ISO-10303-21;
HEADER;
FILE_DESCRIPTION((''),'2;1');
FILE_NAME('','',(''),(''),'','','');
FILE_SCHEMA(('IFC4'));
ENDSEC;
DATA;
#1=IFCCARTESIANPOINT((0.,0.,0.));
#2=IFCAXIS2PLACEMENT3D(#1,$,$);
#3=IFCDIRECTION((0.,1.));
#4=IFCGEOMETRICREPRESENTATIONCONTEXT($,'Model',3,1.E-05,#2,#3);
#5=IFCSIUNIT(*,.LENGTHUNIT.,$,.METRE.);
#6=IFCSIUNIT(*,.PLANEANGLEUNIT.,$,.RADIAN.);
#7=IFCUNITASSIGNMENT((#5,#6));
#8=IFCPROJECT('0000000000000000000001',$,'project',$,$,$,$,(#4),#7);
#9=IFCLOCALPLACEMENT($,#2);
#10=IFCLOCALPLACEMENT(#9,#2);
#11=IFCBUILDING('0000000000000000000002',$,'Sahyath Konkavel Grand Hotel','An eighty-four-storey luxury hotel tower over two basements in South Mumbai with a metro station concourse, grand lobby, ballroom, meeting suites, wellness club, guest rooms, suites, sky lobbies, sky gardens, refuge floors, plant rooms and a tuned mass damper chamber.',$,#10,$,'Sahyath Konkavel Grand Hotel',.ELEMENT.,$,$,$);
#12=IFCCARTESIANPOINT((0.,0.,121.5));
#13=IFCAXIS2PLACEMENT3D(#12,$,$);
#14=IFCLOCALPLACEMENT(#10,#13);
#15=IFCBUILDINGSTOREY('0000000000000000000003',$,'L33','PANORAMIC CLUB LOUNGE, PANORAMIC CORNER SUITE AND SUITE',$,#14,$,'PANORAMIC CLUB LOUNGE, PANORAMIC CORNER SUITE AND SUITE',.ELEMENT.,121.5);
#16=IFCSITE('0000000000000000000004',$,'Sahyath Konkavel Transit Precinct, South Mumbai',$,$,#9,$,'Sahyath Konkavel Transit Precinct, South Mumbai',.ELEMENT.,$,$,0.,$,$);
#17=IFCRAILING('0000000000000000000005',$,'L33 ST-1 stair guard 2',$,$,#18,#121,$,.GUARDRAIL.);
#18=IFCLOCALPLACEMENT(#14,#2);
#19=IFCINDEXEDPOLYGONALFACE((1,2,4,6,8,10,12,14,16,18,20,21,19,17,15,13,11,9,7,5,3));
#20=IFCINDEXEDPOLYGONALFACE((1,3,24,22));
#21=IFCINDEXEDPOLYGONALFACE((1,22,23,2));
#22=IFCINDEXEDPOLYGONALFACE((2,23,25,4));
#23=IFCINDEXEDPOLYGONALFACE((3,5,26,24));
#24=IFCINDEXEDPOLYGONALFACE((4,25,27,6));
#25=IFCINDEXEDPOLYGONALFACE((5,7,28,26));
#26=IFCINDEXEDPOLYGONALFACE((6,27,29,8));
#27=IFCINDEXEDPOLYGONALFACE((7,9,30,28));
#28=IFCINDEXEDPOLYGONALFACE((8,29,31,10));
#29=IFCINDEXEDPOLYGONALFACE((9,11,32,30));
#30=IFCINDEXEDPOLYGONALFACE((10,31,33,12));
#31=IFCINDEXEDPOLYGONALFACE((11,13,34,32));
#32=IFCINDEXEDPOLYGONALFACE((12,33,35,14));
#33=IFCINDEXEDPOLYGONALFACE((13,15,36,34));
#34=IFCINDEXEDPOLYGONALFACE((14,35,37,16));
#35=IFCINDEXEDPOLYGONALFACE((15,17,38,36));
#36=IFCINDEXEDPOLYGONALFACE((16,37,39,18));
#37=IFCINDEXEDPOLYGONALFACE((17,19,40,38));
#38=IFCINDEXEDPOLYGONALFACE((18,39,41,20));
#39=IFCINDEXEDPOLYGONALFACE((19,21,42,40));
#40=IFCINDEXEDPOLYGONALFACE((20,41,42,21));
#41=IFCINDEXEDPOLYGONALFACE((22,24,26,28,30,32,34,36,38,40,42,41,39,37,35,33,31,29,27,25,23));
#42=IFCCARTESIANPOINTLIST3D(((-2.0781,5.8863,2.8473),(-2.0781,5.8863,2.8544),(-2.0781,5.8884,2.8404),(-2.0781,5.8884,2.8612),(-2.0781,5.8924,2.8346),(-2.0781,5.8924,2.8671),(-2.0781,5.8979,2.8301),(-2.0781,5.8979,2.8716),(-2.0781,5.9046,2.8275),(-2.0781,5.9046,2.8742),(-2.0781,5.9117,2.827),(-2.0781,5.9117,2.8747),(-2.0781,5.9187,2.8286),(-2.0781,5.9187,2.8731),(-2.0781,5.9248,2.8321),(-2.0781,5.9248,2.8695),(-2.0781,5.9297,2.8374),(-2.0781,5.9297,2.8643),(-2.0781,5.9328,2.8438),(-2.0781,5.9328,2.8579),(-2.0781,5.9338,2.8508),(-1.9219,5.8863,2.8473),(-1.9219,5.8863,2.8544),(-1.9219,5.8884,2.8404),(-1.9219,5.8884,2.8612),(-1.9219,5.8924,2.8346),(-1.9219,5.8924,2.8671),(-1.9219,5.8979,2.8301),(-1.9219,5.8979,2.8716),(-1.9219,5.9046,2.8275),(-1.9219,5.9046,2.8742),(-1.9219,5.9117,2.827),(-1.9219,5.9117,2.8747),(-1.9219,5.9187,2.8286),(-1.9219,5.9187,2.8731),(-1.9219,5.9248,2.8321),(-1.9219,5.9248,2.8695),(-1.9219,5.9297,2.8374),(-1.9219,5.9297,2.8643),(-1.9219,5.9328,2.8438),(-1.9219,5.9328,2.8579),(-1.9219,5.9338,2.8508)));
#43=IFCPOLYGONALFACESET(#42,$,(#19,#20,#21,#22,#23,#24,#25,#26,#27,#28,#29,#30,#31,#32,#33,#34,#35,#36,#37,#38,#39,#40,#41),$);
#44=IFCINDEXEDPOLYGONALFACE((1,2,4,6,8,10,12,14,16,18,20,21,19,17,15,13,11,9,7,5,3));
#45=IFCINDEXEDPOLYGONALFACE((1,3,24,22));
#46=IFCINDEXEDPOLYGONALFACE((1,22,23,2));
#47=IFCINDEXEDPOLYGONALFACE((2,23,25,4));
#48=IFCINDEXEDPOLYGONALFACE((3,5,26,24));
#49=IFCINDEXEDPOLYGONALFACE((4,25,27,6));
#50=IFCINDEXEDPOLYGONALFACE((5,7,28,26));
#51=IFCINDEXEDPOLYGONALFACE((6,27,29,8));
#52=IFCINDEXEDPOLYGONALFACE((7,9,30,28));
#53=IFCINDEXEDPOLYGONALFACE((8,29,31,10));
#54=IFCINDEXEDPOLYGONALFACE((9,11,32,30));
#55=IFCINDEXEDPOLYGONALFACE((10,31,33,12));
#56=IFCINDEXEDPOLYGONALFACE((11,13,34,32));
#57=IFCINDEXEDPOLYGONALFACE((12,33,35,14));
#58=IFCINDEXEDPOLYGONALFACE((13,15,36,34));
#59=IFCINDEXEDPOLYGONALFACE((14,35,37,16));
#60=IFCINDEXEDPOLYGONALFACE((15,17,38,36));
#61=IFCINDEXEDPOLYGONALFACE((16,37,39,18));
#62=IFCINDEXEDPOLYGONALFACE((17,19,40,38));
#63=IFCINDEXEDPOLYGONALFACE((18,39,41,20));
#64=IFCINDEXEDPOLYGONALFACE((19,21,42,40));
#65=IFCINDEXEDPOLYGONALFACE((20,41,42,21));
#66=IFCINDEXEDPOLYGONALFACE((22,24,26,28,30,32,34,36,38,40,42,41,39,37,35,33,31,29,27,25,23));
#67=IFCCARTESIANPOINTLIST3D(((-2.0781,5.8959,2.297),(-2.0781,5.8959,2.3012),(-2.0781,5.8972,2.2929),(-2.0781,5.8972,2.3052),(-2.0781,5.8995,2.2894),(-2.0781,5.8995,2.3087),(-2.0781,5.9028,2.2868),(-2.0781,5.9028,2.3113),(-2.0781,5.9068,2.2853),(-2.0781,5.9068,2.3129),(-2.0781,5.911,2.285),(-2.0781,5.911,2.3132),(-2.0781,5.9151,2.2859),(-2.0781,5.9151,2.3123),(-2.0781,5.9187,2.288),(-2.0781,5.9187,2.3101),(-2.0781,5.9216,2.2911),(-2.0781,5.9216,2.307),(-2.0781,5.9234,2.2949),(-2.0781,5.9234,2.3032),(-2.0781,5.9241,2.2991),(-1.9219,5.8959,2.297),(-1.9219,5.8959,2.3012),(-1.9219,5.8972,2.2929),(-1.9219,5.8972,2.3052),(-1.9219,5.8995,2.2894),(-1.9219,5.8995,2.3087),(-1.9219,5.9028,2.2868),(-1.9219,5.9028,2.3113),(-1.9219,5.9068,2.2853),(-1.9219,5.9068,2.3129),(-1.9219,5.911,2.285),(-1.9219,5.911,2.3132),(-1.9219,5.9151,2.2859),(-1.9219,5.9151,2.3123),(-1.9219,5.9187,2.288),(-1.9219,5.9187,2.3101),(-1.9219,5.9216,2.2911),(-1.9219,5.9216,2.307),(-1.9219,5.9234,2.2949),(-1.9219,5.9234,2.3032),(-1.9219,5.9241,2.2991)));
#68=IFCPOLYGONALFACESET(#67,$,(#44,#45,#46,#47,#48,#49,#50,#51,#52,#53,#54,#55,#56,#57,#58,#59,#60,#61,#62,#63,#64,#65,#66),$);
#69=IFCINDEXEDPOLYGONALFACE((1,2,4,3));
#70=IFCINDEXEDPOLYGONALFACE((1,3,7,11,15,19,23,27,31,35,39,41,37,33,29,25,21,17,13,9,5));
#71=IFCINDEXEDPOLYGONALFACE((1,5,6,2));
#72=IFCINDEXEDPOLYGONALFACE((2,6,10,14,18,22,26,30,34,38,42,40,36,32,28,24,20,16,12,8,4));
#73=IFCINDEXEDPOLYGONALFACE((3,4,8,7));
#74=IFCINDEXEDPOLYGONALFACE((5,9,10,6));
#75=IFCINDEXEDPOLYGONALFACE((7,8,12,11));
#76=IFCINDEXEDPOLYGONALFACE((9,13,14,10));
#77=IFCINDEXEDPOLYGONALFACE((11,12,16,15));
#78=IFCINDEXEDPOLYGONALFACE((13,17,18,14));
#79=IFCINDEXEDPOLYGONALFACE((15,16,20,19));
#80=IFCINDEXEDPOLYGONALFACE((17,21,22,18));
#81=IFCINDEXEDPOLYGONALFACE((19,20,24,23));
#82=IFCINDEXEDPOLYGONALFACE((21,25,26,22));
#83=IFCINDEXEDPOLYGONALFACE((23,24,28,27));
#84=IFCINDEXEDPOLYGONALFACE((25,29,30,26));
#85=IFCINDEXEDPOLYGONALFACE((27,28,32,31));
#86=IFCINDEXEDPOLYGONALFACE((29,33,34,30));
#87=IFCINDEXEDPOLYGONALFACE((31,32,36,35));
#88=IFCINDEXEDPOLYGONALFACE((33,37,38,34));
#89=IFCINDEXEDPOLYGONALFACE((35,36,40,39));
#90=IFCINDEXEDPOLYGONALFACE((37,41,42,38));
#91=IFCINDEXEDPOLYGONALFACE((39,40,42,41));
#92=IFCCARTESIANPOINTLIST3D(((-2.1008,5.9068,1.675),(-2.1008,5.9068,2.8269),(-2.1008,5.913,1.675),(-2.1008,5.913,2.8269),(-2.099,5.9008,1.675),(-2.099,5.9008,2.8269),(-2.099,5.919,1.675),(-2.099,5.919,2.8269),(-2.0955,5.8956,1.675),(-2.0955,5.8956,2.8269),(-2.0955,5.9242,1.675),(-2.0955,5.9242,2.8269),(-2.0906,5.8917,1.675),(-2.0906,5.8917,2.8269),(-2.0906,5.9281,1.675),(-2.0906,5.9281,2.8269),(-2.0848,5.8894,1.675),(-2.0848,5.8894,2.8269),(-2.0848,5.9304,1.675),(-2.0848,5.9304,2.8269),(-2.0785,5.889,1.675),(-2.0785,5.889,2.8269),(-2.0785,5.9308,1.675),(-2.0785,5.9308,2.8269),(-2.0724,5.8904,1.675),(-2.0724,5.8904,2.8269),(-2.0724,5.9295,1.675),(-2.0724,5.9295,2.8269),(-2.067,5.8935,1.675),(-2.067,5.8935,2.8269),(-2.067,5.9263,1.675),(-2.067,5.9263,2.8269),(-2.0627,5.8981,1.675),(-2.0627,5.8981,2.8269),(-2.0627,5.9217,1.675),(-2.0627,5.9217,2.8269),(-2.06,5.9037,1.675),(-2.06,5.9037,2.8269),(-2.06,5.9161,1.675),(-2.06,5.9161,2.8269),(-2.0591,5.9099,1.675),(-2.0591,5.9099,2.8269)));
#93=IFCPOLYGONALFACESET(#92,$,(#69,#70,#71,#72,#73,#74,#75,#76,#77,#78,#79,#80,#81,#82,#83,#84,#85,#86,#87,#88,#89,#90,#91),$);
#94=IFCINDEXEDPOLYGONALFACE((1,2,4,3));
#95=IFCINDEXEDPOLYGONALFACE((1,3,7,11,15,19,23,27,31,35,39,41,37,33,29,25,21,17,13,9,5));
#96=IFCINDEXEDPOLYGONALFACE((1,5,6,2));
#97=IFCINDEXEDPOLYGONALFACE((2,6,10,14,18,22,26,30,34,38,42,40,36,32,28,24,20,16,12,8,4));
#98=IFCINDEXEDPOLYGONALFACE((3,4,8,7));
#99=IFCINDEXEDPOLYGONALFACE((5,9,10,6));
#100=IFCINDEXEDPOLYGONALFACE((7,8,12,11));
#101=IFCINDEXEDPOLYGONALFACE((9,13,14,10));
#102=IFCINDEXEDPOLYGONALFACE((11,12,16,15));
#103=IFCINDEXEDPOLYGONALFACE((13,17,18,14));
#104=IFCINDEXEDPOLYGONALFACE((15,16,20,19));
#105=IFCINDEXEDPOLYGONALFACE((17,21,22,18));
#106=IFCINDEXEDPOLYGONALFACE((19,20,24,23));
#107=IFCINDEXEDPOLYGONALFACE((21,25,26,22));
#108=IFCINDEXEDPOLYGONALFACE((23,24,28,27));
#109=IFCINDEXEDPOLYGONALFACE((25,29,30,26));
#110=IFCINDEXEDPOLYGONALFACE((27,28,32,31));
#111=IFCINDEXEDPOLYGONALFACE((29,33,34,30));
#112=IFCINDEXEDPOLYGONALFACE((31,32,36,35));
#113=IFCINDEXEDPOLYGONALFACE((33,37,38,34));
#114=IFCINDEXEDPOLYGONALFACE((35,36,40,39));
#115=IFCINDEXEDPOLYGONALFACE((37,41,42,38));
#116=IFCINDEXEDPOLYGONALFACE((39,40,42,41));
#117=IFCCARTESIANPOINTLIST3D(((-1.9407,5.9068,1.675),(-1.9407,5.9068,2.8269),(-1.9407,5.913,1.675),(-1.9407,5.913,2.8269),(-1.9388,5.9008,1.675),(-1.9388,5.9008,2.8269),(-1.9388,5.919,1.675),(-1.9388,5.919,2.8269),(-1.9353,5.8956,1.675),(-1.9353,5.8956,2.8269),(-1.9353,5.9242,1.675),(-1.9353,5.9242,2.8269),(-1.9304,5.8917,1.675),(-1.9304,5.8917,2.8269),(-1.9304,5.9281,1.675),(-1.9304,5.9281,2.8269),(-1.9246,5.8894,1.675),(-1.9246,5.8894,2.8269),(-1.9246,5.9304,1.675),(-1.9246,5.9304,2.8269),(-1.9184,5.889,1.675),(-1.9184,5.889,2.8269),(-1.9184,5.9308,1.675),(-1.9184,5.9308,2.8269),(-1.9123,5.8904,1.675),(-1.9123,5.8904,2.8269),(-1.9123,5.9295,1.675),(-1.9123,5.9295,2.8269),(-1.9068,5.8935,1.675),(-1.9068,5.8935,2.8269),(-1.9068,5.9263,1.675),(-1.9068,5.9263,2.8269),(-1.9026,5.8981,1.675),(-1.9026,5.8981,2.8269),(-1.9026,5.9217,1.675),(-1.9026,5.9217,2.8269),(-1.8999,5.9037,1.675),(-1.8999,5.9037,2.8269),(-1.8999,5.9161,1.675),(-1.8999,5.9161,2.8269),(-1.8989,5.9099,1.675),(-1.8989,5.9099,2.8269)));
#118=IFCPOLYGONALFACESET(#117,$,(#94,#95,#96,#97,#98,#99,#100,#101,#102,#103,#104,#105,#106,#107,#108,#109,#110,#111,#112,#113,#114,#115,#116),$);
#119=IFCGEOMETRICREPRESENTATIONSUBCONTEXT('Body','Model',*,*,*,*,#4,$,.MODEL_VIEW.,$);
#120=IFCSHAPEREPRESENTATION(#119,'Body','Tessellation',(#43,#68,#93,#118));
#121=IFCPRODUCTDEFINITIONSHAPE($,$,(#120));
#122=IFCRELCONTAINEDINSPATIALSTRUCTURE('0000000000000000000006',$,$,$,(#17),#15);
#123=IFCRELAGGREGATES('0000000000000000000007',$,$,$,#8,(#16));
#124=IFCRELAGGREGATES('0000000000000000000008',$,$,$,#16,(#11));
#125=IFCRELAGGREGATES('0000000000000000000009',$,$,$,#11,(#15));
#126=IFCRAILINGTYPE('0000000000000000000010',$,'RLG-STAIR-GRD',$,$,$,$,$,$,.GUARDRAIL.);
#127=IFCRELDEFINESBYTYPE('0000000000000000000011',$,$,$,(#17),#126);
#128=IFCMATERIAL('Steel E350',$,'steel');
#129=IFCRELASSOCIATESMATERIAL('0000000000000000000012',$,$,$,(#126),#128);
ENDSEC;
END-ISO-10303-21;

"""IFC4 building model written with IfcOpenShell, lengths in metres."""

from ifc_helpers import new_model, si_unit, direction, frame, origin, origin_2d, place, context, subcontext, project, spatial, circle, extrude, material, type_object, element, save


model = new_model("IFC4")

# Units and contexts
model_context = context("Model", 3, precision=1e-05, world=origin(), true_north=direction((0.0, 1.0)))
body_context = subcontext(model_context, "Body", "Model", "MODEL_VIEW")
ifc_project = project(units=[si_unit("LENGTHUNIT", "METRE"), si_unit("PLANEANGLEUNIT", "RADIAN")], contexts=[model_context])

# Site, building, storey
site_placement = place(None, origin())
site = spatial("IfcSite", under=ifc_project, at=site_placement, Name="Sahyath Konkavel Transit Precinct, South Mumbai", LongName="Sahyath Konkavel Transit Precinct, South Mumbai", CompositionType="ELEMENT", RefElevation=0.0)
building_placement = place(site_placement, origin())
building = spatial("IfcBuilding", under=site, at=building_placement, Name="Sahyath Konkavel Grand Hotel", Description="An eighty-four-storey luxury hotel tower over two basements in South Mumbai with a metro station concourse, grand lobby, ballroom, meeting suites, wellness club, guest rooms, suites, sky lobbies, sky gardens, refuge floors, plant rooms and a tuned mass damper chamber.", LongName="Sahyath Konkavel Grand Hotel", CompositionType="ELEMENT")
storey_placement = place(building_placement, frame((0.0, 0.0, 121.5)))
storey = spatial("IfcBuildingStorey", under=building, at=storey_placement, Name="L33", Description="PANORAMIC CLUB LOUNGE, PANORAMIC CORNER SUITE AND SUITE", LongName="PANORAMIC CLUB LOUNGE, PANORAMIC CORNER SUITE AND SUITE", CompositionType="ELEMENT", Elevation=121.5)

# Shared definitions
ifc_material_1 = material(Name="Steel E350", Category="steel")

# Railing
railing_type_1 = type_object("IfcRailingType", Name="RLG-STAIR-GRD", PredefinedType="GUARDRAIL", material=ifc_material_1)
railing_1_placement = place(storey_placement, frame((-2.0801, 5.9099, 1.675)))
element("IfcRailing", 1, at=railing_1_placement, inside=storey, type_object=railing_type_1, Name="L33 ST-1 stair guard 2", PredefinedType="GUARDRAIL", context=body_context, shape_type="SweptSolid", body=[
    extrude(circle(Radius=0.0239, at=origin_2d()), frame((0.002, 0.0, 1.1758), z_axis=(1.0, 0.0, 0.0), x_axis=(0.0, 1.0, 0.0)), (0.0, 0.0, 1.0), 0.1562),
    extrude(circle(Radius=0.0142, at=origin_2d()), frame((0.002, 0.0, 0.624), z_axis=(1.0, 0.0, 0.0), x_axis=(0.0, 1.0, 0.0)), (0.0, 0.0, 1.0), 0.1562),
    extrude(circle(Radius=0.021, at=origin_2d()), origin(), (0.0, 0.0, 1.0), 1.1519),
    extrude(circle(Radius=0.021, at=origin_2d()), frame((0.1602, 0.0, 0.0)), (0.0, 0.0, 1.0), 1.1519),
])

save(model, "model.ifc")
